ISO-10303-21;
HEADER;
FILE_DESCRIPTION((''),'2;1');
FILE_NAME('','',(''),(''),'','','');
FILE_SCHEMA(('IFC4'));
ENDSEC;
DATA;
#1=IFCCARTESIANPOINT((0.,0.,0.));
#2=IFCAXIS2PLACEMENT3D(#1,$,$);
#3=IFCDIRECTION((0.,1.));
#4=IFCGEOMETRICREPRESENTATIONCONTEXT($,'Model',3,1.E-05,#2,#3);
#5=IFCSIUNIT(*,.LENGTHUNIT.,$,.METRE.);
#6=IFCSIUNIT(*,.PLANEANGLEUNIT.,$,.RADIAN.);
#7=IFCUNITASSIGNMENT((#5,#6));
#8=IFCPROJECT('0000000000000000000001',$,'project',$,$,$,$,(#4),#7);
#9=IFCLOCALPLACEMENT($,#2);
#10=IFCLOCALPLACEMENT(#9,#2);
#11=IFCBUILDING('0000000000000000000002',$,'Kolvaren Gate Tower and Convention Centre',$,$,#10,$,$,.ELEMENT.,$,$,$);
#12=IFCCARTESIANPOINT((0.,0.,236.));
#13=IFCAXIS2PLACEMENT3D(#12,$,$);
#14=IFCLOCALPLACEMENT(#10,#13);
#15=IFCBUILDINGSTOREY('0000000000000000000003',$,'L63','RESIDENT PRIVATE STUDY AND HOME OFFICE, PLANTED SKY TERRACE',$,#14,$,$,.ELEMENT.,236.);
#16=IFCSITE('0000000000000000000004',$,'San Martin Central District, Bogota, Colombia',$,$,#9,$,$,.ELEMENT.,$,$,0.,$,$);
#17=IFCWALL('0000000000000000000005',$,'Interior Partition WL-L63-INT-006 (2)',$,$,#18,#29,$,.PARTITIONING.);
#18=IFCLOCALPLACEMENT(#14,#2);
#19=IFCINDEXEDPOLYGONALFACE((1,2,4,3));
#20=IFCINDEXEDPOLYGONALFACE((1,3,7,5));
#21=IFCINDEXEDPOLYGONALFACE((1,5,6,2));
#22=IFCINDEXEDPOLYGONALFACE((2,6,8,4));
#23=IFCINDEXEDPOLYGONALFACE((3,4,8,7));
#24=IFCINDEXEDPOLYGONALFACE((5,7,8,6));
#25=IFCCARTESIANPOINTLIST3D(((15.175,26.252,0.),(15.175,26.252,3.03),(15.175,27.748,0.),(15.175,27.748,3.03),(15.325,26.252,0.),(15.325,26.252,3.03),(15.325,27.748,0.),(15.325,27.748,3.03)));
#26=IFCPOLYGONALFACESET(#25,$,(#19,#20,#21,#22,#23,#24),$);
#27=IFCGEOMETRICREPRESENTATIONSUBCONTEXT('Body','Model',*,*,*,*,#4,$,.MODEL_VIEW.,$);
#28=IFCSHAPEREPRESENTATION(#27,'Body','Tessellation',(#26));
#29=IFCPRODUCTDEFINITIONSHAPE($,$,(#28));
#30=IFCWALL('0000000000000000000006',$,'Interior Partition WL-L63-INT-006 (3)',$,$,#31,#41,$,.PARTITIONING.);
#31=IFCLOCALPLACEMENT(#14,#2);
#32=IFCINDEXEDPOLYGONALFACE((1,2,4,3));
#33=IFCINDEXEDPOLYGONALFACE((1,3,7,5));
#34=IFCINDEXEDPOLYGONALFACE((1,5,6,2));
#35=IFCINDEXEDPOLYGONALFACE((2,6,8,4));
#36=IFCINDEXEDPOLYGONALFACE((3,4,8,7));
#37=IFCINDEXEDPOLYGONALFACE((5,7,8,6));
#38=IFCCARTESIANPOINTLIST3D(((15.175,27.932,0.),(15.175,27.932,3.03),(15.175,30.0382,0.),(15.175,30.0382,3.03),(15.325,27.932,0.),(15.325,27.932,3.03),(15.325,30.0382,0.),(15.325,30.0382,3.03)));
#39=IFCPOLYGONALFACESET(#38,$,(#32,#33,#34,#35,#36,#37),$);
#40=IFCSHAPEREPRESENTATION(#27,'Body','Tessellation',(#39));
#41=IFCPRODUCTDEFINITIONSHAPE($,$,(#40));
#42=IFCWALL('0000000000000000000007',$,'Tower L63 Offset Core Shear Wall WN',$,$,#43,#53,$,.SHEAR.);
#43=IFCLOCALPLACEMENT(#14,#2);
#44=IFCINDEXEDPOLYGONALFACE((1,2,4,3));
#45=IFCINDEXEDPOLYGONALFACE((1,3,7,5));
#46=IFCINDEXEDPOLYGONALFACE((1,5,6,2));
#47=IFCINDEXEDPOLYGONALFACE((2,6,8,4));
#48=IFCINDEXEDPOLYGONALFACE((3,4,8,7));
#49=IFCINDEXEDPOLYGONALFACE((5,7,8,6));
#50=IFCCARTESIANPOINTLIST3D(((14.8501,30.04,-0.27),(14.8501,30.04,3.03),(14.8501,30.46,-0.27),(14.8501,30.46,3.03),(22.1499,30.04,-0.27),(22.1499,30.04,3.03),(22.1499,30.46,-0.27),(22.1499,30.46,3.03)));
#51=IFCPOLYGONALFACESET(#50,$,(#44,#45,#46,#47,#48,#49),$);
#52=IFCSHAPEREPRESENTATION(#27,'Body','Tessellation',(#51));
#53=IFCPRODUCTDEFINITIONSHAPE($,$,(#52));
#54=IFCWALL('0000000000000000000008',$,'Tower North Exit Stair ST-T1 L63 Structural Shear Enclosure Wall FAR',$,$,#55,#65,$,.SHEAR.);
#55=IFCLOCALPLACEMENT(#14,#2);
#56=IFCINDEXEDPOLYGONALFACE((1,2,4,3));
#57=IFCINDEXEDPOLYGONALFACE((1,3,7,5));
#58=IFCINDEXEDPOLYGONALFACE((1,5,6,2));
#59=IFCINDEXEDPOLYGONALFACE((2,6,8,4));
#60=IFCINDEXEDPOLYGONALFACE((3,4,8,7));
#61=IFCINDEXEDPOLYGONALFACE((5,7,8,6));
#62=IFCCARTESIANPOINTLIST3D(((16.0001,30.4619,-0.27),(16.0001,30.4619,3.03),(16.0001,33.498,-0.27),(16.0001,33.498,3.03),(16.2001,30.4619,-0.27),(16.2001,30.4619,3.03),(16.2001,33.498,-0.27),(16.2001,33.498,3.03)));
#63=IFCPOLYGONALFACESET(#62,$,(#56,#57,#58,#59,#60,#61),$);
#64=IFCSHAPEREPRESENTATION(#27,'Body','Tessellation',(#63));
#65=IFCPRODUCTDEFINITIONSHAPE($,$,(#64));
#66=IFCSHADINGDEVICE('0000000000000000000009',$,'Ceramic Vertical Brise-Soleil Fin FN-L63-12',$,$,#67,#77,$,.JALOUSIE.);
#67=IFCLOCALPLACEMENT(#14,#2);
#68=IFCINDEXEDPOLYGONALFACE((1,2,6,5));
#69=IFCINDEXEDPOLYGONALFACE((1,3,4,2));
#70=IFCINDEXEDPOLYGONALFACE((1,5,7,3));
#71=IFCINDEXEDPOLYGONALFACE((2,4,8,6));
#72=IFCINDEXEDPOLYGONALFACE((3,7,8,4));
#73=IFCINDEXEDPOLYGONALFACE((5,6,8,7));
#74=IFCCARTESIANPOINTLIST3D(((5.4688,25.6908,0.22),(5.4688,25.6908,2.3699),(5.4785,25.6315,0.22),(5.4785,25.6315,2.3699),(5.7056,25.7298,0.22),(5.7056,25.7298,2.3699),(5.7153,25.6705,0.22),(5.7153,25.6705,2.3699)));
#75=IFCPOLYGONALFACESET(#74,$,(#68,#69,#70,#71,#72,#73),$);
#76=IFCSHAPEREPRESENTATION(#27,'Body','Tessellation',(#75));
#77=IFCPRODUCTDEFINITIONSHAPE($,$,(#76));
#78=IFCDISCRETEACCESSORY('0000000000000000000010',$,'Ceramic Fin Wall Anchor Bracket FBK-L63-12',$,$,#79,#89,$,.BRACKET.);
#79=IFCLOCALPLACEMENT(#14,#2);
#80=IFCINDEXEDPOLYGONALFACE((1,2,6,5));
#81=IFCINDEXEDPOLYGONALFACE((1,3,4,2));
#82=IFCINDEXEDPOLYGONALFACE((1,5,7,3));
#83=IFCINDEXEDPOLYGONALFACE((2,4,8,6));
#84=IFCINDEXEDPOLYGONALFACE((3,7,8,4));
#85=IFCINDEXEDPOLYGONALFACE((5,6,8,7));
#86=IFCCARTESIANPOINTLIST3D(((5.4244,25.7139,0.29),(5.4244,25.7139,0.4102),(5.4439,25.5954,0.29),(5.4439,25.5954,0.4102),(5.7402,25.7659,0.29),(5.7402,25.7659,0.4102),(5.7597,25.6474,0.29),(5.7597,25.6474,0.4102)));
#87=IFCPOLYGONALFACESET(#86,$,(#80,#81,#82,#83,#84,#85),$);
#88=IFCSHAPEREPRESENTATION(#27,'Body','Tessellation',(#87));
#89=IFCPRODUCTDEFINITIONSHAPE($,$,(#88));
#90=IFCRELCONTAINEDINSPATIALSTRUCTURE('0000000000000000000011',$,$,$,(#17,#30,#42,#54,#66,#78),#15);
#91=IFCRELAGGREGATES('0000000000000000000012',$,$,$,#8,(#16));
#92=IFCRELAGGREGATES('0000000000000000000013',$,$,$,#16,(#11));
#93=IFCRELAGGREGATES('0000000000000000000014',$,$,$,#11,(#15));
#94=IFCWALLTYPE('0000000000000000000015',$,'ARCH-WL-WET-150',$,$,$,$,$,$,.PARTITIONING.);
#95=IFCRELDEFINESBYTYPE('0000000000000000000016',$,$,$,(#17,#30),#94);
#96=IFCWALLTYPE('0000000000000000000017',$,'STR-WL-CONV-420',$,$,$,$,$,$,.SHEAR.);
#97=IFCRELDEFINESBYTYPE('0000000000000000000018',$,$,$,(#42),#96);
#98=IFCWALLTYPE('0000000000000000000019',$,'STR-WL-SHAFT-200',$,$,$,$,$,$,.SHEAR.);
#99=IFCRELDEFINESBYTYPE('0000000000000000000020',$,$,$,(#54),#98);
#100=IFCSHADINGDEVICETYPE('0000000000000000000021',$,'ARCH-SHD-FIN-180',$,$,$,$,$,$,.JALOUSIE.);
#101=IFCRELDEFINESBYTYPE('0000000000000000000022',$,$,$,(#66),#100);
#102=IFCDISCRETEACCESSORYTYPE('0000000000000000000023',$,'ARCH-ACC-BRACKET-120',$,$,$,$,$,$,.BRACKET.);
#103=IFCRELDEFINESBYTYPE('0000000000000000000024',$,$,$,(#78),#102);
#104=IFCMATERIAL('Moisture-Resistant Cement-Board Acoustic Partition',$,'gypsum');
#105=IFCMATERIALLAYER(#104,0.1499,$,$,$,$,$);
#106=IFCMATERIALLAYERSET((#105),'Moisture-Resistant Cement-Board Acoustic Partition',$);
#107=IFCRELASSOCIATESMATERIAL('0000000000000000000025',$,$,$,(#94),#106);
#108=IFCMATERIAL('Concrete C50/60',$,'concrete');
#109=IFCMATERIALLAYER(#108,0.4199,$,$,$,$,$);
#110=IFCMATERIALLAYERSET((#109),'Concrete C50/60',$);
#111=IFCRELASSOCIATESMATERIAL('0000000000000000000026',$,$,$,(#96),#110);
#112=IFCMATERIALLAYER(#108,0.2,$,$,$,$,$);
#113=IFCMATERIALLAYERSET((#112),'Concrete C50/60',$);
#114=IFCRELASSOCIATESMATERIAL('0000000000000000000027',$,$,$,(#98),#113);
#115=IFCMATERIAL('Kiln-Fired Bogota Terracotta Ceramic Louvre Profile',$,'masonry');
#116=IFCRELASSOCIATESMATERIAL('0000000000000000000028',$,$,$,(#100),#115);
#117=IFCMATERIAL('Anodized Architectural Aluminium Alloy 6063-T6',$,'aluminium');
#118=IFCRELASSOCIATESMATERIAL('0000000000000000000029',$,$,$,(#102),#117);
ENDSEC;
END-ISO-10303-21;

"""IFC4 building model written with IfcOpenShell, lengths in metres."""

from ifc_helpers import new_model, si_unit, direction, frame, frame_2d, origin, origin_2d, place, context, subcontext, project, spatial, rectangle, extrude, material, layer, layer_set, type_object, element, save


model = new_model("IFC4")

# Units and contexts
model_context = context("Model", 3, precision=1e-05, world=origin(), true_north=direction((0.0, 1.0)))
body_context = subcontext(model_context, "Body", "Model", "MODEL_VIEW")
ifc_project = project(units=[si_unit("LENGTHUNIT", "METRE"), si_unit("PLANEANGLEUNIT", "RADIAN")], contexts=[model_context])

# Site, building, storey
site_placement = place(None, origin())
site = spatial("IfcSite", under=ifc_project, at=site_placement, Name="San Martin Central District, Bogota, Colombia", CompositionType="ELEMENT", RefElevation=0.0)
building_placement = place(site_placement, origin())
building = spatial("IfcBuilding", under=site, at=building_placement, Name="Kolvaren Gate Tower and Convention Centre", CompositionType="ELEMENT")
storey_placement = place(building_placement, frame((0.0, 0.0, 236.0)))
storey = spatial("IfcBuildingStorey", under=building, at=storey_placement, Name="L63", Description="RESIDENT PRIVATE STUDY AND HOME OFFICE, PLANTED SKY TERRACE", CompositionType="ELEMENT", Elevation=236.0)

# Walls
ifc_material_1 = material(Name="Moisture-Resistant Cement-Board Acoustic Partition", Category="gypsum")
ifc_layer_1 = layer(ifc_material_1, 0.1499)
ifc_layer_set_1 = layer_set([ifc_layer_1], Name="Moisture-Resistant Cement-Board Acoustic Partition")
wall_type_1 = type_object("IfcWallType", Name="ARCH-WL-WET-150", PredefinedType="PARTITIONING", material=ifc_layer_set_1)
wall_1_placement = place(storey_placement, frame((15.25, 26.252, 0.0), z_axis=(0.0, 0.0, 1.0), x_axis=(0.0, 1.0, 0.0)))
element("IfcWall", 1, at=wall_1_placement, inside=storey, type_object=wall_type_1, Name="Interior Partition WL-L63-INT-006 (2)", PredefinedType="PARTITIONING", context=body_context, shape_type="SweptSolid", body=[
    extrude(rectangle(XDim=1.4961, YDim=0.1499, at=frame_2d((0.748, 0.0))), origin(), (0.0, 0.0, 1.0), 3.03),
])
wall_2_placement = place(storey_placement, frame((15.25, 27.9319, 0.0), z_axis=(0.0, 0.0, 1.0), x_axis=(0.0, 1.0, 0.0)))
element("IfcWall", 2, at=wall_2_placement, inside=storey, type_object=wall_type_1, Name="Interior Partition WL-L63-INT-006 (3)", PredefinedType="PARTITIONING", context=body_context, shape_type="SweptSolid", body=[
    extrude(rectangle(XDim=2.1062, YDim=0.1499, at=frame_2d((1.0532, 0.0))), origin(), (0.0, 0.0, 1.0), 3.03),
])
ifc_material_2 = material(Name="Concrete C50/60", Category="concrete")
ifc_layer_2 = layer(ifc_material_2, 0.4199)
ifc_layer_set_2 = layer_set([ifc_layer_2], Name="Concrete C50/60")
wall_type_2 = type_object("IfcWallType", Name="STR-WL-CONV-420", PredefinedType="SHEAR", material=ifc_layer_set_2)
wall_3_placement = place(storey_placement, frame((14.8501, 30.25, -0.27), z_axis=(0.0, 0.0, 1.0), x_axis=(1.0, 0.0, 0.0)))
element("IfcWall", 3, at=wall_3_placement, inside=storey, type_object=wall_type_2, Name="Tower L63 Offset Core Shear Wall WN", PredefinedType="SHEAR", context=body_context, shape_type="SweptSolid", body=[
    extrude(rectangle(XDim=7.2998, YDim=0.4199, at=frame_2d((3.6499, 0.0))), origin(), (0.0, 0.0, 1.0), 3.3),
])
ifc_layer_3 = layer(ifc_material_2, 0.2)
ifc_layer_set_3 = layer_set([ifc_layer_3], Name="Concrete C50/60")
wall_type_3 = type_object("IfcWallType", Name="STR-WL-SHAFT-200", PredefinedType="SHEAR", material=ifc_layer_set_3)
wall_4_placement = place(storey_placement, frame((16.1001, 30.4619, -0.27), z_axis=(0.0, 0.0, 1.0), x_axis=(0.0, 1.0, 0.0)))
element("IfcWall", 4, at=wall_4_placement, inside=storey, type_object=wall_type_3, Name="Tower North Exit Stair ST-T1 L63 Structural Shear Enclosure Wall FAR", PredefinedType="SHEAR", context=body_context, shape_type="SweptSolid", body=[
    extrude(rectangle(XDim=3.0361, YDim=0.2, at=frame_2d((1.5181, 0.0))), origin(), (0.0, 0.0, 1.0), 3.3),
])

# Shading device
ifc_material_3 = material(Name="Kiln-Fired Bogota Terracotta Ceramic Louvre Profile", Category="masonry")
shading_device_type = type_object("IfcShadingDeviceType", Name="ARCH-SHD-FIN-180", PredefinedType="JALOUSIE", material=ifc_material_3)
shading_device_placement = place(storey_placement, frame((5.592, 25.6807, 0.22), z_axis=(0.0, 0.0, 1.0), x_axis=(0.162375, -0.986729, 0.0)))
element("IfcShadingDevice", 5, at=shading_device_placement, inside=storey, type_object=shading_device_type, Name="Ceramic Vertical Brise-Soleil Fin FN-L63-12", PredefinedType="JALOUSIE", context=body_context, shape_type="SweptSolid", body=[
    extrude(rectangle(XDim=0.0601, YDim=0.24, at=origin_2d()), origin(), (0.0, 0.0, 1.0), 2.1499),
])

# Discrete accessory
ifc_material_4 = material(Name="Anodized Architectural Aluminium Alloy 6063-T6", Category="aluminium")
discrete_accessory_type = type_object("IfcDiscreteAccessoryType", Name="ARCH-ACC-BRACKET-120", PredefinedType="BRACKET", material=ifc_material_4)
discrete_accessory_placement = place(storey_placement, frame((5.592, 25.6807, 0.29), z_axis=(0.0, 0.0, 1.0), x_axis=(0.162375, -0.986729, 0.0)))
element("IfcDiscreteAccessory", 6, at=discrete_accessory_placement, inside=storey, type_object=discrete_accessory_type, Name="Ceramic Fin Wall Anchor Bracket FBK-L63-12", PredefinedType="BRACKET", context=body_context, shape_type="SweptSolid", body=[
    extrude(rectangle(XDim=0.1201, YDim=0.3201, at=origin_2d()), origin(), (0.0, 0.0, 1.0), 0.1201),
])

save(model, "model.ifc")
